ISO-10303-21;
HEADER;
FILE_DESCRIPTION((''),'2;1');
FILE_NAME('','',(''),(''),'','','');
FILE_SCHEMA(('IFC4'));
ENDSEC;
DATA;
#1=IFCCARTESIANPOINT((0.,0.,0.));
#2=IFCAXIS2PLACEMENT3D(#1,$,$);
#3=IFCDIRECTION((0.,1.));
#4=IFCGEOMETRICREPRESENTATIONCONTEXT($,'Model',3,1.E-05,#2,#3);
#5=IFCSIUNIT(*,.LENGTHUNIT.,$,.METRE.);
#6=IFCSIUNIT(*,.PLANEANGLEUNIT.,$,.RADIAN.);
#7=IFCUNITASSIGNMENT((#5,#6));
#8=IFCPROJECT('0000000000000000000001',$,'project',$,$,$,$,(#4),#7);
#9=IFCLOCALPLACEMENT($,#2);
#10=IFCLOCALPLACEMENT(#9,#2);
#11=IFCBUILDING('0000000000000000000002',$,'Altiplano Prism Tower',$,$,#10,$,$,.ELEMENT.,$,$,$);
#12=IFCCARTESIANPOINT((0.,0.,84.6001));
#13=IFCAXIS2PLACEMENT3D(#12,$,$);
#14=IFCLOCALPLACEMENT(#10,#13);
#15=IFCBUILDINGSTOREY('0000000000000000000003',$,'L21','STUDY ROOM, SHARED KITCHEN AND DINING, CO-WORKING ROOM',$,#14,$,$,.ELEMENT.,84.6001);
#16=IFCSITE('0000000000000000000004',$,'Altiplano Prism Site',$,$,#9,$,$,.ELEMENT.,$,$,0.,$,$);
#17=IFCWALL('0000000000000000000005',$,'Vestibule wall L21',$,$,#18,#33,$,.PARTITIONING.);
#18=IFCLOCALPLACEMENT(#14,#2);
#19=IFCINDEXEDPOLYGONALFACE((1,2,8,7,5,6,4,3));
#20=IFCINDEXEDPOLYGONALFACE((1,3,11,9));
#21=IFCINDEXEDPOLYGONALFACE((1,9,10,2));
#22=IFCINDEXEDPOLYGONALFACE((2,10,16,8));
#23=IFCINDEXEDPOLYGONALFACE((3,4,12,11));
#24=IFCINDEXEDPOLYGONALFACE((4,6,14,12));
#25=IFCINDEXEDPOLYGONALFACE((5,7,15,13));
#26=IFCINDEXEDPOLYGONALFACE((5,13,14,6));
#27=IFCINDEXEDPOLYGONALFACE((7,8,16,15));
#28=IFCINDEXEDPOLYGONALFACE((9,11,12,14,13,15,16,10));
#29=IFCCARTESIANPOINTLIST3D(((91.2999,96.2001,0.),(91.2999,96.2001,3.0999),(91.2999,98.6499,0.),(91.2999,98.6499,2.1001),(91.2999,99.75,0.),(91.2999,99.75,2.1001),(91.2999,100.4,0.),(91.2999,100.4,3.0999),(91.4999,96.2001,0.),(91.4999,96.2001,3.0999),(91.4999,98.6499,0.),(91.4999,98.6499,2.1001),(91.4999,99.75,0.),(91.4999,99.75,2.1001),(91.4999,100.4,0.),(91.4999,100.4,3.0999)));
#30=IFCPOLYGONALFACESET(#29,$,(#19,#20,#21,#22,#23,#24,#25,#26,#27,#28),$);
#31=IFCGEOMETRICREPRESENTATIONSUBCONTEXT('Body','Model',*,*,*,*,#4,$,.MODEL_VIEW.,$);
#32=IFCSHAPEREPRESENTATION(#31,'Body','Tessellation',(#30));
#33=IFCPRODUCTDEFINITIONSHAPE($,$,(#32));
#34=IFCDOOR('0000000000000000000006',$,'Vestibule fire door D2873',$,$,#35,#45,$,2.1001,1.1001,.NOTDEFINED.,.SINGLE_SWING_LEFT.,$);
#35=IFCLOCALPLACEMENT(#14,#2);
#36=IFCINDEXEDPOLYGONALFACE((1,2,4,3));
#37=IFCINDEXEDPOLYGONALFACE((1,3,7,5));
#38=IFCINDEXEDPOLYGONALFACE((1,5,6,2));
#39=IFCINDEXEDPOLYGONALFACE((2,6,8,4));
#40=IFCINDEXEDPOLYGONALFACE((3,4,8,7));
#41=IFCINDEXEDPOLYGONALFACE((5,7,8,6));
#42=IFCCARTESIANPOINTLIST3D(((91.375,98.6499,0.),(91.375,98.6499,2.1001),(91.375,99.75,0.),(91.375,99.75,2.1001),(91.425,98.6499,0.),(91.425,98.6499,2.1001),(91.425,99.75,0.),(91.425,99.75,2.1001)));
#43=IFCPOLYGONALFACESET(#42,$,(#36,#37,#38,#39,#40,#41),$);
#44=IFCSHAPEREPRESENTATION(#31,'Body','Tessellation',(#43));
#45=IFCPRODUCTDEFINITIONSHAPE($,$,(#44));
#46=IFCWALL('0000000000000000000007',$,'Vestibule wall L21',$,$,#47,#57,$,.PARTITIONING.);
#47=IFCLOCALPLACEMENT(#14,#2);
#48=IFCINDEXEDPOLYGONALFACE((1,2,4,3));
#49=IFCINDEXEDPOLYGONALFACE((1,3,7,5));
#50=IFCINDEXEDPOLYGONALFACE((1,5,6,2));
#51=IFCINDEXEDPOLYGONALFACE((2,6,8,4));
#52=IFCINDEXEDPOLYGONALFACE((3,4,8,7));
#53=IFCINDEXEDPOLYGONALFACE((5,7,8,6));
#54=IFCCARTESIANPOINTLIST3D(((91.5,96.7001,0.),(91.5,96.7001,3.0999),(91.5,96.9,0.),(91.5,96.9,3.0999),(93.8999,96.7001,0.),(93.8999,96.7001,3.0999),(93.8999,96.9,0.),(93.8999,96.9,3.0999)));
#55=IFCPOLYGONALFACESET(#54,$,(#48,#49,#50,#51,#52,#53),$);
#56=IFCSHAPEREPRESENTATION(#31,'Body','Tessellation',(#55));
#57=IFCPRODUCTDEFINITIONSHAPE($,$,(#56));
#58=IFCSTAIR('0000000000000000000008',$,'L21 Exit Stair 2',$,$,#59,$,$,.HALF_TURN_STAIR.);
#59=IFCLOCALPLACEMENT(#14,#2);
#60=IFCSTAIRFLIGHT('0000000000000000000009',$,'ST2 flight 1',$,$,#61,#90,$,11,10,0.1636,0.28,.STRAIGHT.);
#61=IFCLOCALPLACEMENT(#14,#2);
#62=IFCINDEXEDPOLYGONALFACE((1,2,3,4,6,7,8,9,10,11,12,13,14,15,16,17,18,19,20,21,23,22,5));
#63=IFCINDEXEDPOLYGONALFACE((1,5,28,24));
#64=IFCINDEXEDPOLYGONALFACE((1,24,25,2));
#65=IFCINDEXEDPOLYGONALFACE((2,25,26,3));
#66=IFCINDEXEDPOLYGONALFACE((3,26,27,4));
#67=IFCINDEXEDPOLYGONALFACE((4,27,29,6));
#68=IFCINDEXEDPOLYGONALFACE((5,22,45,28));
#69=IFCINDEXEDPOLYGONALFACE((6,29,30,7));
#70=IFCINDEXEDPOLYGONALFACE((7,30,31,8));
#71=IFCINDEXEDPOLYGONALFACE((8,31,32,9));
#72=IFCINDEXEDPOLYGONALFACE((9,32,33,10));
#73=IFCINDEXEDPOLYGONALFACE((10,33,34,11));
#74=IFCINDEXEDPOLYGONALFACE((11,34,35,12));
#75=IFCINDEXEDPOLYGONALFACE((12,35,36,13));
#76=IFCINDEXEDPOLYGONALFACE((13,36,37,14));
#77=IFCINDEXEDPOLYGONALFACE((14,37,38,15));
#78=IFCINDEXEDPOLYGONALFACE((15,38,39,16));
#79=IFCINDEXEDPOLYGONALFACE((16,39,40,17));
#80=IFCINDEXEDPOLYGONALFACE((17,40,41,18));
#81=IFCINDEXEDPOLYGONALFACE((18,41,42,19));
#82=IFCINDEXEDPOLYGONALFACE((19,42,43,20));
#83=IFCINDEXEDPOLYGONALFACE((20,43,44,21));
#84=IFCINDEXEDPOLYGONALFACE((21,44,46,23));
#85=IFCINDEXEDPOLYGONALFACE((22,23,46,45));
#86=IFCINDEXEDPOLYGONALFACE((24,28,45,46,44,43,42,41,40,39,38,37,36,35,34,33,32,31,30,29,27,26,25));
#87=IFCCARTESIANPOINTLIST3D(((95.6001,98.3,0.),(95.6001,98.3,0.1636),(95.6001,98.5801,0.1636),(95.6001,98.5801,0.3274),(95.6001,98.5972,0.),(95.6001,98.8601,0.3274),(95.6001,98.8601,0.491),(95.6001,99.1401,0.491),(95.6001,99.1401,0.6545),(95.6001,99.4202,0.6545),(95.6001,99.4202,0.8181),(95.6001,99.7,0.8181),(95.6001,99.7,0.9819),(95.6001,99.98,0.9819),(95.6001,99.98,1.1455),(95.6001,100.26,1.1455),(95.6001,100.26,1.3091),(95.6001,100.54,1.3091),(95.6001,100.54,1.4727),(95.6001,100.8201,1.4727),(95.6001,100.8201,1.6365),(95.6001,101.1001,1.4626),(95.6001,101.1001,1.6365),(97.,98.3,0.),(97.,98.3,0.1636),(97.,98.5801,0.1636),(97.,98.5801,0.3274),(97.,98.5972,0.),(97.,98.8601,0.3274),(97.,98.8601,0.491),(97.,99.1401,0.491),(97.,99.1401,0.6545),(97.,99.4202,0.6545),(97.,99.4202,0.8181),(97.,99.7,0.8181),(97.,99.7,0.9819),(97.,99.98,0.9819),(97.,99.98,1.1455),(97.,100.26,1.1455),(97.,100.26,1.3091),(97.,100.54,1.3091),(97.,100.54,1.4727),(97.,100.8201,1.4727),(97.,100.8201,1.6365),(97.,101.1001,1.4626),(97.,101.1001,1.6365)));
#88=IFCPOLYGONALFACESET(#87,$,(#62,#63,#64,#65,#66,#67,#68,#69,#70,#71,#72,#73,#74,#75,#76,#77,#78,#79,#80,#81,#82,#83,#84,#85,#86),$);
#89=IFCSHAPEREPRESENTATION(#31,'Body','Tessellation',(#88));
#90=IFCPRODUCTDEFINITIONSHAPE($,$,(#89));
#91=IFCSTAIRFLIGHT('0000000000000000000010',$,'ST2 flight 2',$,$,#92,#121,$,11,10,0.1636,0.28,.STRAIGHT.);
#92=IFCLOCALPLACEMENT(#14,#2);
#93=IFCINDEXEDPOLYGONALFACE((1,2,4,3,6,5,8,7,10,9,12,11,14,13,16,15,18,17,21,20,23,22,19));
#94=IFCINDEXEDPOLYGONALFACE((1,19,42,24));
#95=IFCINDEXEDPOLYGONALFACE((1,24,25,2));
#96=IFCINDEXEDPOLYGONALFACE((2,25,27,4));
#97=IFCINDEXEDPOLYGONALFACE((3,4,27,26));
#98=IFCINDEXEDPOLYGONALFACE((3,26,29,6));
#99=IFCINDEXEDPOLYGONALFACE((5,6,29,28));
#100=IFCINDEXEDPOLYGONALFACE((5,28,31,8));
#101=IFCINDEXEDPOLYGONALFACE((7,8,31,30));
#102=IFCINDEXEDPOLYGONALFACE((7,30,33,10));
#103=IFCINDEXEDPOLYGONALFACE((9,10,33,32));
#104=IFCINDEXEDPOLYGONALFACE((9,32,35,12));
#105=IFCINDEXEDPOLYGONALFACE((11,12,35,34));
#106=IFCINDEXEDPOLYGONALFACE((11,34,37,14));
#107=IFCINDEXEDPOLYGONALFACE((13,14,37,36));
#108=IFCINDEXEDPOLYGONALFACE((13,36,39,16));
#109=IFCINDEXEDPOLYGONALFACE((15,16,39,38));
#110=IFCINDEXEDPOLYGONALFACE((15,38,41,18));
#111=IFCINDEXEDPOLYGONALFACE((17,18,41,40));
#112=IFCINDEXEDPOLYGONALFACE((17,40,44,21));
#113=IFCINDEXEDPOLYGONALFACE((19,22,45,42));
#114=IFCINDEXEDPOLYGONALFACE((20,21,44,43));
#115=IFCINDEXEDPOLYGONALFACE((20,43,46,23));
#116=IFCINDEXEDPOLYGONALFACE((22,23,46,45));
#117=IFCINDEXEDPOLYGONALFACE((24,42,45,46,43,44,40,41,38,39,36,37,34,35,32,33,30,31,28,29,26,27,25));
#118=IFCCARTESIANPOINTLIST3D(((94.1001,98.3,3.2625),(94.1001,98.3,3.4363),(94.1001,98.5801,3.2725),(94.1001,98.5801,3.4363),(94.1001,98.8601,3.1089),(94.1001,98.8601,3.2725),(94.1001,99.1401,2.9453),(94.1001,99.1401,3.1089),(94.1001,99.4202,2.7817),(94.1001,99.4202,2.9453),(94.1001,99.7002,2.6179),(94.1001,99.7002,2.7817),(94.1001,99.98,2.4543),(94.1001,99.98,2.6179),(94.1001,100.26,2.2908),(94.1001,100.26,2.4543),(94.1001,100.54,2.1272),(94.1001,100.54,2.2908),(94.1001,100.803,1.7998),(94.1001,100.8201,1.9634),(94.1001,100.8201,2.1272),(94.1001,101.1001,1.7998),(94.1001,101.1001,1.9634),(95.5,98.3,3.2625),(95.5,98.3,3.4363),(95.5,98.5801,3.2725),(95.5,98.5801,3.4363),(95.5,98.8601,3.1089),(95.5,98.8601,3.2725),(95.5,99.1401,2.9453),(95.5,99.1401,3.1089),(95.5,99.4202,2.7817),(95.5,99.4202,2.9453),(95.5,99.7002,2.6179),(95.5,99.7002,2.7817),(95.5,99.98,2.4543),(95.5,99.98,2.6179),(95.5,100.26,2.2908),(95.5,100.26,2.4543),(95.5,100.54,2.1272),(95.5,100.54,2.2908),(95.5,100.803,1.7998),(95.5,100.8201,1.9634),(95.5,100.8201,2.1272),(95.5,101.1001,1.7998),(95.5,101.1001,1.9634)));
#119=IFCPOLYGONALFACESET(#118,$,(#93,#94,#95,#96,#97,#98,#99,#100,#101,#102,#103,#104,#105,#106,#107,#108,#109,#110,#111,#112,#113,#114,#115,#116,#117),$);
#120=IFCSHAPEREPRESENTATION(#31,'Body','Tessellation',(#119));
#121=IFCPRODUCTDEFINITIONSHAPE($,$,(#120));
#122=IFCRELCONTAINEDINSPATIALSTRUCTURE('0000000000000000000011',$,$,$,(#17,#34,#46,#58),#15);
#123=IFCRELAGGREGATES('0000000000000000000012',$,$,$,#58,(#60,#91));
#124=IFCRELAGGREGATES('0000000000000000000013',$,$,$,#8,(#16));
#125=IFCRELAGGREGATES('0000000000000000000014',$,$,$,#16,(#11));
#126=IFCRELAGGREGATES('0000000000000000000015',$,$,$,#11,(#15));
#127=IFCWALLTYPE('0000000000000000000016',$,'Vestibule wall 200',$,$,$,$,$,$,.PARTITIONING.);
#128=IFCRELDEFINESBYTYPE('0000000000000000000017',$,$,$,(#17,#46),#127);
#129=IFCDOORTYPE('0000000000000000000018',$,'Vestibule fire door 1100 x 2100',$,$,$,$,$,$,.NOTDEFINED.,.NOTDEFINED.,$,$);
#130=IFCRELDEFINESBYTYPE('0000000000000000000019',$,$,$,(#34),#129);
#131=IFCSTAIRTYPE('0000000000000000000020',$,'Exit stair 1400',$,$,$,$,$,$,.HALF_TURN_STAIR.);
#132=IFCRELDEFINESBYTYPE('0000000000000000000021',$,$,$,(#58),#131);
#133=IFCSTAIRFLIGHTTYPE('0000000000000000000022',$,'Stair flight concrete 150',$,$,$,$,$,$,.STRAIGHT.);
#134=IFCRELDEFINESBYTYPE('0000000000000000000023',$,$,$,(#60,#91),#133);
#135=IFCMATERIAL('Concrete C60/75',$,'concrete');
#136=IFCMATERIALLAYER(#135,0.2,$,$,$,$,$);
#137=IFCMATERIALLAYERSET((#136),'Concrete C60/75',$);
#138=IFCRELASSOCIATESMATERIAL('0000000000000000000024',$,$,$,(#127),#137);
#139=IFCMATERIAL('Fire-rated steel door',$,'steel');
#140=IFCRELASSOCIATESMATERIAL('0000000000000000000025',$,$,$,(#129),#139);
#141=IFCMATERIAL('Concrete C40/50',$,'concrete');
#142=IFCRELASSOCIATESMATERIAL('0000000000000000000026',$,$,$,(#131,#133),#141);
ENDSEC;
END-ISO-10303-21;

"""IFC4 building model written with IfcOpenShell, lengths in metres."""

from ifc_helpers import new_model, si_unit, direction, frame, frame_2d, origin, place, context, subcontext, project, spatial, polyline, rectangle, outline, extrude, material, layer, layer_set, type_object, element, fill, aggregate, save


model = new_model("IFC4")

# Units and contexts
model_context = context("Model", 3, precision=1e-05, world=origin(), true_north=direction((0.0, 1.0)))
body_context = subcontext(model_context, "Body", "Model", "MODEL_VIEW")
ifc_project = project(units=[si_unit("LENGTHUNIT", "METRE"), si_unit("PLANEANGLEUNIT", "RADIAN")], contexts=[model_context])

# Site, building, storey
site_placement = place(None, origin())
site = spatial("IfcSite", under=ifc_project, at=site_placement, Name="Altiplano Prism Site", CompositionType="ELEMENT", RefElevation=0.0)
building_placement = place(site_placement, origin())
building = spatial("IfcBuilding", under=site, at=building_placement, Name="Altiplano Prism Tower", CompositionType="ELEMENT")
storey_placement = place(building_placement, frame((0.0, 0.0, 84.6001)))
storey = spatial("IfcBuildingStorey", under=building, at=storey_placement, Name="L21", Description="STUDY ROOM, SHARED KITCHEN AND DINING, CO-WORKING ROOM", CompositionType="ELEMENT", Elevation=84.6001)

# Shared definitions
ifc_material_1 = material(Name="Concrete C60/75", Category="concrete")

# Shared definitions
ifc_material_2 = material(Name="Fire-rated steel door", Category="steel")

# Wall, opening, door
ifc_layer_1 = layer(ifc_material_1, 0.2)
ifc_layer_set_1 = layer_set([ifc_layer_1], Name="Concrete C60/75")
wall_type_1 = type_object("IfcWallType", Name="Vestibule wall 200", PredefinedType="PARTITIONING", material=ifc_layer_set_1)
wall_1_placement = place(storey_placement, frame((91.3999, 96.2, 0.0), z_axis=(0.0, 0.0, 1.0), x_axis=(0.0, 1.0, 0.0)))
wall_1 = element("IfcWall", 1, at=wall_1_placement, inside=storey, type_object=wall_type_1, Name="Vestibule wall L21", PredefinedType="PARTITIONING", context=body_context, shape_type="SweptSolid", body=[
    extrude(rectangle(XDim=4.2, YDim=0.2, at=frame_2d((2.1001, 0.0))), origin(), (0.0, 0.0, 1.0), 3.0999),
])
opening_1_placement = place(wall_1_placement, frame((2.45, 0.0, 0.0)))
opening_1 = element("IfcOpeningElement", 2, at=opening_1_placement, cuts=wall_1, PredefinedType="OPENING", context=body_context, shape_type="SweptSolid", body=[
    extrude(rectangle(XDim=1.1001, YDim=2.1001, at=frame_2d((0.55, 1.05))), frame((0.0, 0.1104, 0.0), z_axis=(0.0, -1.0, 0.0), x_axis=(1.0, 0.0, 0.0)), (0.0, 0.0, 1.0), 0.2209),
])
door_type_1 = type_object("IfcDoorType", Name="Vestibule fire door 1100 x 2100", OperationType="NOTDEFINED", PredefinedType="NOTDEFINED", material=ifc_material_2)
door_1_placement = place(opening_1_placement, origin())
door_1 = element("IfcDoor", 3, at=door_1_placement, inside=storey, type_object=door_type_1, Name="Vestibule fire door D2873", OperationType="SINGLE_SWING_LEFT", OverallHeight=2.1001, OverallWidth=1.1001, PredefinedType="NOTDEFINED", context=body_context, shape_type="SweptSolid", body=[
    extrude(rectangle(XDim=1.1001, YDim=2.1001, at=frame_2d((0.55, 1.05))), frame((0.0, 0.0249, 0.0), z_axis=(0.0, -1.0, 0.0), x_axis=(1.0, 0.0, 0.0)), (0.0, 0.0, 1.0), 0.05),
])
fill(opening_1, door_1)

# Wall
wall_2_placement = place(storey_placement, frame((91.5, 96.8, 0.0), z_axis=(0.0, 0.0, 1.0), x_axis=(1.0, 0.0, 0.0)))
element("IfcWall", 4, at=wall_2_placement, inside=storey, type_object=wall_type_1, Name="Vestibule wall L21", PredefinedType="PARTITIONING", context=body_context, shape_type="SweptSolid", body=[
    extrude(rectangle(XDim=2.3999, YDim=0.2, at=frame_2d((1.2, 0.0))), origin(), (0.0, 0.0, 1.0), 3.0999),
])

# Stair, stair flights
ifc_material_3 = material(Name="Concrete C40/50", Category="concrete")
stair_type = type_object("IfcStairType", Name="Exit stair 1400", PredefinedType="HALF_TURN_STAIR", material=ifc_material_3)
stair_placement = place(storey_placement, origin())
stair = element("IfcStair", 5, at=stair_placement, inside=storey, type_object=stair_type, Name="L21 Exit Stair 2", PredefinedType="HALF_TURN_STAIR")
stair_flight_type = type_object("IfcStairFlightType", Name="Stair flight concrete 150", PredefinedType="STRAIGHT", material=ifc_material_3)
stair_flight_1_placement = place(storey_placement, frame((96.3, 98.3, 0.0), z_axis=(0.0, 0.0, 1.0), x_axis=(0.0, 1.0, 0.0)))
stair_flight_1 = element("IfcStairFlight", 6, at=stair_flight_1_placement, type_object=stair_flight_type, Name="ST2 flight 1", NumberOfRisers=11, NumberOfTreads=10, PredefinedType="STRAIGHT", RiserHeight=0.1636, TreadLength=0.28, context=body_context, shape_type="SweptSolid", body=[
    extrude(outline(polyline([(0.0, 0.0), (0.0, 0.1636), (0.28, 0.1636), (0.28, 0.3274), (0.5601, 0.3274), (0.5601, 0.491), (0.8401, 0.491), (0.8401, 0.6545), (1.1201, 0.6545), (1.1201, 0.8181), (1.3999, 0.8181), (1.3999, 0.9819), (1.6799, 0.9819), (1.6799, 1.1455), (1.96, 1.1455), (1.96, 1.3091), (2.24, 1.3091), (2.24, 1.4727), (2.52, 1.4727), (2.52, 1.6365), (2.8, 1.6365), (2.8, 1.8), (2.8, 1.4626), (0.2971, 0.0), (0.0, 0.0)])), frame((0.0, 0.7, 0.0), z_axis=(0.0, -1.0, 0.0), x_axis=(1.0, 0.0, 0.0)), (0.0, 0.0, 1.0), 1.3999),
])
stair_flight_2_placement = place(storey_placement, frame((94.8, 101.1001, 1.7998), z_axis=(0.0, 0.0, 1.0), x_axis=(0.0, -1.0, 0.0)))
stair_flight_2 = element("IfcStairFlight", 7, at=stair_flight_2_placement, type_object=stair_flight_type, Name="ST2 flight 2", NumberOfRisers=11, NumberOfTreads=10, PredefinedType="STRAIGHT", RiserHeight=0.1636, TreadLength=0.28, context=body_context, shape_type="SweptSolid", body=[
    extrude(outline(polyline([(0.0, 0.0), (0.0, 0.1636), (0.28, 0.1636), (0.28, 0.3274), (0.5601, 0.3274), (0.5601, 0.491), (0.8401, 0.491), (0.8401, 0.6545), (1.1201, 0.6545), (1.1201, 0.8181), (1.3999, 0.8181), (1.3999, 0.9819), (1.6799, 0.9819), (1.6799, 1.1455), (1.96, 1.1455), (1.96, 1.3091), (2.24, 1.3091), (2.24, 1.4727), (2.52, 1.4727), (2.52, 1.6365), (2.8, 1.6365), (2.8, 1.8), (2.8, 1.4626), (0.2971, 0.0), (0.0, 0.0)])), frame((0.0, 0.7, 0.0), z_axis=(0.0, -1.0, 0.0), x_axis=(1.0, 0.0, 0.0)), (0.0, 0.0, 1.0), 1.3999),
])
aggregate(stair, [stair_flight_1, stair_flight_2])

save(model, "model.ifc")
